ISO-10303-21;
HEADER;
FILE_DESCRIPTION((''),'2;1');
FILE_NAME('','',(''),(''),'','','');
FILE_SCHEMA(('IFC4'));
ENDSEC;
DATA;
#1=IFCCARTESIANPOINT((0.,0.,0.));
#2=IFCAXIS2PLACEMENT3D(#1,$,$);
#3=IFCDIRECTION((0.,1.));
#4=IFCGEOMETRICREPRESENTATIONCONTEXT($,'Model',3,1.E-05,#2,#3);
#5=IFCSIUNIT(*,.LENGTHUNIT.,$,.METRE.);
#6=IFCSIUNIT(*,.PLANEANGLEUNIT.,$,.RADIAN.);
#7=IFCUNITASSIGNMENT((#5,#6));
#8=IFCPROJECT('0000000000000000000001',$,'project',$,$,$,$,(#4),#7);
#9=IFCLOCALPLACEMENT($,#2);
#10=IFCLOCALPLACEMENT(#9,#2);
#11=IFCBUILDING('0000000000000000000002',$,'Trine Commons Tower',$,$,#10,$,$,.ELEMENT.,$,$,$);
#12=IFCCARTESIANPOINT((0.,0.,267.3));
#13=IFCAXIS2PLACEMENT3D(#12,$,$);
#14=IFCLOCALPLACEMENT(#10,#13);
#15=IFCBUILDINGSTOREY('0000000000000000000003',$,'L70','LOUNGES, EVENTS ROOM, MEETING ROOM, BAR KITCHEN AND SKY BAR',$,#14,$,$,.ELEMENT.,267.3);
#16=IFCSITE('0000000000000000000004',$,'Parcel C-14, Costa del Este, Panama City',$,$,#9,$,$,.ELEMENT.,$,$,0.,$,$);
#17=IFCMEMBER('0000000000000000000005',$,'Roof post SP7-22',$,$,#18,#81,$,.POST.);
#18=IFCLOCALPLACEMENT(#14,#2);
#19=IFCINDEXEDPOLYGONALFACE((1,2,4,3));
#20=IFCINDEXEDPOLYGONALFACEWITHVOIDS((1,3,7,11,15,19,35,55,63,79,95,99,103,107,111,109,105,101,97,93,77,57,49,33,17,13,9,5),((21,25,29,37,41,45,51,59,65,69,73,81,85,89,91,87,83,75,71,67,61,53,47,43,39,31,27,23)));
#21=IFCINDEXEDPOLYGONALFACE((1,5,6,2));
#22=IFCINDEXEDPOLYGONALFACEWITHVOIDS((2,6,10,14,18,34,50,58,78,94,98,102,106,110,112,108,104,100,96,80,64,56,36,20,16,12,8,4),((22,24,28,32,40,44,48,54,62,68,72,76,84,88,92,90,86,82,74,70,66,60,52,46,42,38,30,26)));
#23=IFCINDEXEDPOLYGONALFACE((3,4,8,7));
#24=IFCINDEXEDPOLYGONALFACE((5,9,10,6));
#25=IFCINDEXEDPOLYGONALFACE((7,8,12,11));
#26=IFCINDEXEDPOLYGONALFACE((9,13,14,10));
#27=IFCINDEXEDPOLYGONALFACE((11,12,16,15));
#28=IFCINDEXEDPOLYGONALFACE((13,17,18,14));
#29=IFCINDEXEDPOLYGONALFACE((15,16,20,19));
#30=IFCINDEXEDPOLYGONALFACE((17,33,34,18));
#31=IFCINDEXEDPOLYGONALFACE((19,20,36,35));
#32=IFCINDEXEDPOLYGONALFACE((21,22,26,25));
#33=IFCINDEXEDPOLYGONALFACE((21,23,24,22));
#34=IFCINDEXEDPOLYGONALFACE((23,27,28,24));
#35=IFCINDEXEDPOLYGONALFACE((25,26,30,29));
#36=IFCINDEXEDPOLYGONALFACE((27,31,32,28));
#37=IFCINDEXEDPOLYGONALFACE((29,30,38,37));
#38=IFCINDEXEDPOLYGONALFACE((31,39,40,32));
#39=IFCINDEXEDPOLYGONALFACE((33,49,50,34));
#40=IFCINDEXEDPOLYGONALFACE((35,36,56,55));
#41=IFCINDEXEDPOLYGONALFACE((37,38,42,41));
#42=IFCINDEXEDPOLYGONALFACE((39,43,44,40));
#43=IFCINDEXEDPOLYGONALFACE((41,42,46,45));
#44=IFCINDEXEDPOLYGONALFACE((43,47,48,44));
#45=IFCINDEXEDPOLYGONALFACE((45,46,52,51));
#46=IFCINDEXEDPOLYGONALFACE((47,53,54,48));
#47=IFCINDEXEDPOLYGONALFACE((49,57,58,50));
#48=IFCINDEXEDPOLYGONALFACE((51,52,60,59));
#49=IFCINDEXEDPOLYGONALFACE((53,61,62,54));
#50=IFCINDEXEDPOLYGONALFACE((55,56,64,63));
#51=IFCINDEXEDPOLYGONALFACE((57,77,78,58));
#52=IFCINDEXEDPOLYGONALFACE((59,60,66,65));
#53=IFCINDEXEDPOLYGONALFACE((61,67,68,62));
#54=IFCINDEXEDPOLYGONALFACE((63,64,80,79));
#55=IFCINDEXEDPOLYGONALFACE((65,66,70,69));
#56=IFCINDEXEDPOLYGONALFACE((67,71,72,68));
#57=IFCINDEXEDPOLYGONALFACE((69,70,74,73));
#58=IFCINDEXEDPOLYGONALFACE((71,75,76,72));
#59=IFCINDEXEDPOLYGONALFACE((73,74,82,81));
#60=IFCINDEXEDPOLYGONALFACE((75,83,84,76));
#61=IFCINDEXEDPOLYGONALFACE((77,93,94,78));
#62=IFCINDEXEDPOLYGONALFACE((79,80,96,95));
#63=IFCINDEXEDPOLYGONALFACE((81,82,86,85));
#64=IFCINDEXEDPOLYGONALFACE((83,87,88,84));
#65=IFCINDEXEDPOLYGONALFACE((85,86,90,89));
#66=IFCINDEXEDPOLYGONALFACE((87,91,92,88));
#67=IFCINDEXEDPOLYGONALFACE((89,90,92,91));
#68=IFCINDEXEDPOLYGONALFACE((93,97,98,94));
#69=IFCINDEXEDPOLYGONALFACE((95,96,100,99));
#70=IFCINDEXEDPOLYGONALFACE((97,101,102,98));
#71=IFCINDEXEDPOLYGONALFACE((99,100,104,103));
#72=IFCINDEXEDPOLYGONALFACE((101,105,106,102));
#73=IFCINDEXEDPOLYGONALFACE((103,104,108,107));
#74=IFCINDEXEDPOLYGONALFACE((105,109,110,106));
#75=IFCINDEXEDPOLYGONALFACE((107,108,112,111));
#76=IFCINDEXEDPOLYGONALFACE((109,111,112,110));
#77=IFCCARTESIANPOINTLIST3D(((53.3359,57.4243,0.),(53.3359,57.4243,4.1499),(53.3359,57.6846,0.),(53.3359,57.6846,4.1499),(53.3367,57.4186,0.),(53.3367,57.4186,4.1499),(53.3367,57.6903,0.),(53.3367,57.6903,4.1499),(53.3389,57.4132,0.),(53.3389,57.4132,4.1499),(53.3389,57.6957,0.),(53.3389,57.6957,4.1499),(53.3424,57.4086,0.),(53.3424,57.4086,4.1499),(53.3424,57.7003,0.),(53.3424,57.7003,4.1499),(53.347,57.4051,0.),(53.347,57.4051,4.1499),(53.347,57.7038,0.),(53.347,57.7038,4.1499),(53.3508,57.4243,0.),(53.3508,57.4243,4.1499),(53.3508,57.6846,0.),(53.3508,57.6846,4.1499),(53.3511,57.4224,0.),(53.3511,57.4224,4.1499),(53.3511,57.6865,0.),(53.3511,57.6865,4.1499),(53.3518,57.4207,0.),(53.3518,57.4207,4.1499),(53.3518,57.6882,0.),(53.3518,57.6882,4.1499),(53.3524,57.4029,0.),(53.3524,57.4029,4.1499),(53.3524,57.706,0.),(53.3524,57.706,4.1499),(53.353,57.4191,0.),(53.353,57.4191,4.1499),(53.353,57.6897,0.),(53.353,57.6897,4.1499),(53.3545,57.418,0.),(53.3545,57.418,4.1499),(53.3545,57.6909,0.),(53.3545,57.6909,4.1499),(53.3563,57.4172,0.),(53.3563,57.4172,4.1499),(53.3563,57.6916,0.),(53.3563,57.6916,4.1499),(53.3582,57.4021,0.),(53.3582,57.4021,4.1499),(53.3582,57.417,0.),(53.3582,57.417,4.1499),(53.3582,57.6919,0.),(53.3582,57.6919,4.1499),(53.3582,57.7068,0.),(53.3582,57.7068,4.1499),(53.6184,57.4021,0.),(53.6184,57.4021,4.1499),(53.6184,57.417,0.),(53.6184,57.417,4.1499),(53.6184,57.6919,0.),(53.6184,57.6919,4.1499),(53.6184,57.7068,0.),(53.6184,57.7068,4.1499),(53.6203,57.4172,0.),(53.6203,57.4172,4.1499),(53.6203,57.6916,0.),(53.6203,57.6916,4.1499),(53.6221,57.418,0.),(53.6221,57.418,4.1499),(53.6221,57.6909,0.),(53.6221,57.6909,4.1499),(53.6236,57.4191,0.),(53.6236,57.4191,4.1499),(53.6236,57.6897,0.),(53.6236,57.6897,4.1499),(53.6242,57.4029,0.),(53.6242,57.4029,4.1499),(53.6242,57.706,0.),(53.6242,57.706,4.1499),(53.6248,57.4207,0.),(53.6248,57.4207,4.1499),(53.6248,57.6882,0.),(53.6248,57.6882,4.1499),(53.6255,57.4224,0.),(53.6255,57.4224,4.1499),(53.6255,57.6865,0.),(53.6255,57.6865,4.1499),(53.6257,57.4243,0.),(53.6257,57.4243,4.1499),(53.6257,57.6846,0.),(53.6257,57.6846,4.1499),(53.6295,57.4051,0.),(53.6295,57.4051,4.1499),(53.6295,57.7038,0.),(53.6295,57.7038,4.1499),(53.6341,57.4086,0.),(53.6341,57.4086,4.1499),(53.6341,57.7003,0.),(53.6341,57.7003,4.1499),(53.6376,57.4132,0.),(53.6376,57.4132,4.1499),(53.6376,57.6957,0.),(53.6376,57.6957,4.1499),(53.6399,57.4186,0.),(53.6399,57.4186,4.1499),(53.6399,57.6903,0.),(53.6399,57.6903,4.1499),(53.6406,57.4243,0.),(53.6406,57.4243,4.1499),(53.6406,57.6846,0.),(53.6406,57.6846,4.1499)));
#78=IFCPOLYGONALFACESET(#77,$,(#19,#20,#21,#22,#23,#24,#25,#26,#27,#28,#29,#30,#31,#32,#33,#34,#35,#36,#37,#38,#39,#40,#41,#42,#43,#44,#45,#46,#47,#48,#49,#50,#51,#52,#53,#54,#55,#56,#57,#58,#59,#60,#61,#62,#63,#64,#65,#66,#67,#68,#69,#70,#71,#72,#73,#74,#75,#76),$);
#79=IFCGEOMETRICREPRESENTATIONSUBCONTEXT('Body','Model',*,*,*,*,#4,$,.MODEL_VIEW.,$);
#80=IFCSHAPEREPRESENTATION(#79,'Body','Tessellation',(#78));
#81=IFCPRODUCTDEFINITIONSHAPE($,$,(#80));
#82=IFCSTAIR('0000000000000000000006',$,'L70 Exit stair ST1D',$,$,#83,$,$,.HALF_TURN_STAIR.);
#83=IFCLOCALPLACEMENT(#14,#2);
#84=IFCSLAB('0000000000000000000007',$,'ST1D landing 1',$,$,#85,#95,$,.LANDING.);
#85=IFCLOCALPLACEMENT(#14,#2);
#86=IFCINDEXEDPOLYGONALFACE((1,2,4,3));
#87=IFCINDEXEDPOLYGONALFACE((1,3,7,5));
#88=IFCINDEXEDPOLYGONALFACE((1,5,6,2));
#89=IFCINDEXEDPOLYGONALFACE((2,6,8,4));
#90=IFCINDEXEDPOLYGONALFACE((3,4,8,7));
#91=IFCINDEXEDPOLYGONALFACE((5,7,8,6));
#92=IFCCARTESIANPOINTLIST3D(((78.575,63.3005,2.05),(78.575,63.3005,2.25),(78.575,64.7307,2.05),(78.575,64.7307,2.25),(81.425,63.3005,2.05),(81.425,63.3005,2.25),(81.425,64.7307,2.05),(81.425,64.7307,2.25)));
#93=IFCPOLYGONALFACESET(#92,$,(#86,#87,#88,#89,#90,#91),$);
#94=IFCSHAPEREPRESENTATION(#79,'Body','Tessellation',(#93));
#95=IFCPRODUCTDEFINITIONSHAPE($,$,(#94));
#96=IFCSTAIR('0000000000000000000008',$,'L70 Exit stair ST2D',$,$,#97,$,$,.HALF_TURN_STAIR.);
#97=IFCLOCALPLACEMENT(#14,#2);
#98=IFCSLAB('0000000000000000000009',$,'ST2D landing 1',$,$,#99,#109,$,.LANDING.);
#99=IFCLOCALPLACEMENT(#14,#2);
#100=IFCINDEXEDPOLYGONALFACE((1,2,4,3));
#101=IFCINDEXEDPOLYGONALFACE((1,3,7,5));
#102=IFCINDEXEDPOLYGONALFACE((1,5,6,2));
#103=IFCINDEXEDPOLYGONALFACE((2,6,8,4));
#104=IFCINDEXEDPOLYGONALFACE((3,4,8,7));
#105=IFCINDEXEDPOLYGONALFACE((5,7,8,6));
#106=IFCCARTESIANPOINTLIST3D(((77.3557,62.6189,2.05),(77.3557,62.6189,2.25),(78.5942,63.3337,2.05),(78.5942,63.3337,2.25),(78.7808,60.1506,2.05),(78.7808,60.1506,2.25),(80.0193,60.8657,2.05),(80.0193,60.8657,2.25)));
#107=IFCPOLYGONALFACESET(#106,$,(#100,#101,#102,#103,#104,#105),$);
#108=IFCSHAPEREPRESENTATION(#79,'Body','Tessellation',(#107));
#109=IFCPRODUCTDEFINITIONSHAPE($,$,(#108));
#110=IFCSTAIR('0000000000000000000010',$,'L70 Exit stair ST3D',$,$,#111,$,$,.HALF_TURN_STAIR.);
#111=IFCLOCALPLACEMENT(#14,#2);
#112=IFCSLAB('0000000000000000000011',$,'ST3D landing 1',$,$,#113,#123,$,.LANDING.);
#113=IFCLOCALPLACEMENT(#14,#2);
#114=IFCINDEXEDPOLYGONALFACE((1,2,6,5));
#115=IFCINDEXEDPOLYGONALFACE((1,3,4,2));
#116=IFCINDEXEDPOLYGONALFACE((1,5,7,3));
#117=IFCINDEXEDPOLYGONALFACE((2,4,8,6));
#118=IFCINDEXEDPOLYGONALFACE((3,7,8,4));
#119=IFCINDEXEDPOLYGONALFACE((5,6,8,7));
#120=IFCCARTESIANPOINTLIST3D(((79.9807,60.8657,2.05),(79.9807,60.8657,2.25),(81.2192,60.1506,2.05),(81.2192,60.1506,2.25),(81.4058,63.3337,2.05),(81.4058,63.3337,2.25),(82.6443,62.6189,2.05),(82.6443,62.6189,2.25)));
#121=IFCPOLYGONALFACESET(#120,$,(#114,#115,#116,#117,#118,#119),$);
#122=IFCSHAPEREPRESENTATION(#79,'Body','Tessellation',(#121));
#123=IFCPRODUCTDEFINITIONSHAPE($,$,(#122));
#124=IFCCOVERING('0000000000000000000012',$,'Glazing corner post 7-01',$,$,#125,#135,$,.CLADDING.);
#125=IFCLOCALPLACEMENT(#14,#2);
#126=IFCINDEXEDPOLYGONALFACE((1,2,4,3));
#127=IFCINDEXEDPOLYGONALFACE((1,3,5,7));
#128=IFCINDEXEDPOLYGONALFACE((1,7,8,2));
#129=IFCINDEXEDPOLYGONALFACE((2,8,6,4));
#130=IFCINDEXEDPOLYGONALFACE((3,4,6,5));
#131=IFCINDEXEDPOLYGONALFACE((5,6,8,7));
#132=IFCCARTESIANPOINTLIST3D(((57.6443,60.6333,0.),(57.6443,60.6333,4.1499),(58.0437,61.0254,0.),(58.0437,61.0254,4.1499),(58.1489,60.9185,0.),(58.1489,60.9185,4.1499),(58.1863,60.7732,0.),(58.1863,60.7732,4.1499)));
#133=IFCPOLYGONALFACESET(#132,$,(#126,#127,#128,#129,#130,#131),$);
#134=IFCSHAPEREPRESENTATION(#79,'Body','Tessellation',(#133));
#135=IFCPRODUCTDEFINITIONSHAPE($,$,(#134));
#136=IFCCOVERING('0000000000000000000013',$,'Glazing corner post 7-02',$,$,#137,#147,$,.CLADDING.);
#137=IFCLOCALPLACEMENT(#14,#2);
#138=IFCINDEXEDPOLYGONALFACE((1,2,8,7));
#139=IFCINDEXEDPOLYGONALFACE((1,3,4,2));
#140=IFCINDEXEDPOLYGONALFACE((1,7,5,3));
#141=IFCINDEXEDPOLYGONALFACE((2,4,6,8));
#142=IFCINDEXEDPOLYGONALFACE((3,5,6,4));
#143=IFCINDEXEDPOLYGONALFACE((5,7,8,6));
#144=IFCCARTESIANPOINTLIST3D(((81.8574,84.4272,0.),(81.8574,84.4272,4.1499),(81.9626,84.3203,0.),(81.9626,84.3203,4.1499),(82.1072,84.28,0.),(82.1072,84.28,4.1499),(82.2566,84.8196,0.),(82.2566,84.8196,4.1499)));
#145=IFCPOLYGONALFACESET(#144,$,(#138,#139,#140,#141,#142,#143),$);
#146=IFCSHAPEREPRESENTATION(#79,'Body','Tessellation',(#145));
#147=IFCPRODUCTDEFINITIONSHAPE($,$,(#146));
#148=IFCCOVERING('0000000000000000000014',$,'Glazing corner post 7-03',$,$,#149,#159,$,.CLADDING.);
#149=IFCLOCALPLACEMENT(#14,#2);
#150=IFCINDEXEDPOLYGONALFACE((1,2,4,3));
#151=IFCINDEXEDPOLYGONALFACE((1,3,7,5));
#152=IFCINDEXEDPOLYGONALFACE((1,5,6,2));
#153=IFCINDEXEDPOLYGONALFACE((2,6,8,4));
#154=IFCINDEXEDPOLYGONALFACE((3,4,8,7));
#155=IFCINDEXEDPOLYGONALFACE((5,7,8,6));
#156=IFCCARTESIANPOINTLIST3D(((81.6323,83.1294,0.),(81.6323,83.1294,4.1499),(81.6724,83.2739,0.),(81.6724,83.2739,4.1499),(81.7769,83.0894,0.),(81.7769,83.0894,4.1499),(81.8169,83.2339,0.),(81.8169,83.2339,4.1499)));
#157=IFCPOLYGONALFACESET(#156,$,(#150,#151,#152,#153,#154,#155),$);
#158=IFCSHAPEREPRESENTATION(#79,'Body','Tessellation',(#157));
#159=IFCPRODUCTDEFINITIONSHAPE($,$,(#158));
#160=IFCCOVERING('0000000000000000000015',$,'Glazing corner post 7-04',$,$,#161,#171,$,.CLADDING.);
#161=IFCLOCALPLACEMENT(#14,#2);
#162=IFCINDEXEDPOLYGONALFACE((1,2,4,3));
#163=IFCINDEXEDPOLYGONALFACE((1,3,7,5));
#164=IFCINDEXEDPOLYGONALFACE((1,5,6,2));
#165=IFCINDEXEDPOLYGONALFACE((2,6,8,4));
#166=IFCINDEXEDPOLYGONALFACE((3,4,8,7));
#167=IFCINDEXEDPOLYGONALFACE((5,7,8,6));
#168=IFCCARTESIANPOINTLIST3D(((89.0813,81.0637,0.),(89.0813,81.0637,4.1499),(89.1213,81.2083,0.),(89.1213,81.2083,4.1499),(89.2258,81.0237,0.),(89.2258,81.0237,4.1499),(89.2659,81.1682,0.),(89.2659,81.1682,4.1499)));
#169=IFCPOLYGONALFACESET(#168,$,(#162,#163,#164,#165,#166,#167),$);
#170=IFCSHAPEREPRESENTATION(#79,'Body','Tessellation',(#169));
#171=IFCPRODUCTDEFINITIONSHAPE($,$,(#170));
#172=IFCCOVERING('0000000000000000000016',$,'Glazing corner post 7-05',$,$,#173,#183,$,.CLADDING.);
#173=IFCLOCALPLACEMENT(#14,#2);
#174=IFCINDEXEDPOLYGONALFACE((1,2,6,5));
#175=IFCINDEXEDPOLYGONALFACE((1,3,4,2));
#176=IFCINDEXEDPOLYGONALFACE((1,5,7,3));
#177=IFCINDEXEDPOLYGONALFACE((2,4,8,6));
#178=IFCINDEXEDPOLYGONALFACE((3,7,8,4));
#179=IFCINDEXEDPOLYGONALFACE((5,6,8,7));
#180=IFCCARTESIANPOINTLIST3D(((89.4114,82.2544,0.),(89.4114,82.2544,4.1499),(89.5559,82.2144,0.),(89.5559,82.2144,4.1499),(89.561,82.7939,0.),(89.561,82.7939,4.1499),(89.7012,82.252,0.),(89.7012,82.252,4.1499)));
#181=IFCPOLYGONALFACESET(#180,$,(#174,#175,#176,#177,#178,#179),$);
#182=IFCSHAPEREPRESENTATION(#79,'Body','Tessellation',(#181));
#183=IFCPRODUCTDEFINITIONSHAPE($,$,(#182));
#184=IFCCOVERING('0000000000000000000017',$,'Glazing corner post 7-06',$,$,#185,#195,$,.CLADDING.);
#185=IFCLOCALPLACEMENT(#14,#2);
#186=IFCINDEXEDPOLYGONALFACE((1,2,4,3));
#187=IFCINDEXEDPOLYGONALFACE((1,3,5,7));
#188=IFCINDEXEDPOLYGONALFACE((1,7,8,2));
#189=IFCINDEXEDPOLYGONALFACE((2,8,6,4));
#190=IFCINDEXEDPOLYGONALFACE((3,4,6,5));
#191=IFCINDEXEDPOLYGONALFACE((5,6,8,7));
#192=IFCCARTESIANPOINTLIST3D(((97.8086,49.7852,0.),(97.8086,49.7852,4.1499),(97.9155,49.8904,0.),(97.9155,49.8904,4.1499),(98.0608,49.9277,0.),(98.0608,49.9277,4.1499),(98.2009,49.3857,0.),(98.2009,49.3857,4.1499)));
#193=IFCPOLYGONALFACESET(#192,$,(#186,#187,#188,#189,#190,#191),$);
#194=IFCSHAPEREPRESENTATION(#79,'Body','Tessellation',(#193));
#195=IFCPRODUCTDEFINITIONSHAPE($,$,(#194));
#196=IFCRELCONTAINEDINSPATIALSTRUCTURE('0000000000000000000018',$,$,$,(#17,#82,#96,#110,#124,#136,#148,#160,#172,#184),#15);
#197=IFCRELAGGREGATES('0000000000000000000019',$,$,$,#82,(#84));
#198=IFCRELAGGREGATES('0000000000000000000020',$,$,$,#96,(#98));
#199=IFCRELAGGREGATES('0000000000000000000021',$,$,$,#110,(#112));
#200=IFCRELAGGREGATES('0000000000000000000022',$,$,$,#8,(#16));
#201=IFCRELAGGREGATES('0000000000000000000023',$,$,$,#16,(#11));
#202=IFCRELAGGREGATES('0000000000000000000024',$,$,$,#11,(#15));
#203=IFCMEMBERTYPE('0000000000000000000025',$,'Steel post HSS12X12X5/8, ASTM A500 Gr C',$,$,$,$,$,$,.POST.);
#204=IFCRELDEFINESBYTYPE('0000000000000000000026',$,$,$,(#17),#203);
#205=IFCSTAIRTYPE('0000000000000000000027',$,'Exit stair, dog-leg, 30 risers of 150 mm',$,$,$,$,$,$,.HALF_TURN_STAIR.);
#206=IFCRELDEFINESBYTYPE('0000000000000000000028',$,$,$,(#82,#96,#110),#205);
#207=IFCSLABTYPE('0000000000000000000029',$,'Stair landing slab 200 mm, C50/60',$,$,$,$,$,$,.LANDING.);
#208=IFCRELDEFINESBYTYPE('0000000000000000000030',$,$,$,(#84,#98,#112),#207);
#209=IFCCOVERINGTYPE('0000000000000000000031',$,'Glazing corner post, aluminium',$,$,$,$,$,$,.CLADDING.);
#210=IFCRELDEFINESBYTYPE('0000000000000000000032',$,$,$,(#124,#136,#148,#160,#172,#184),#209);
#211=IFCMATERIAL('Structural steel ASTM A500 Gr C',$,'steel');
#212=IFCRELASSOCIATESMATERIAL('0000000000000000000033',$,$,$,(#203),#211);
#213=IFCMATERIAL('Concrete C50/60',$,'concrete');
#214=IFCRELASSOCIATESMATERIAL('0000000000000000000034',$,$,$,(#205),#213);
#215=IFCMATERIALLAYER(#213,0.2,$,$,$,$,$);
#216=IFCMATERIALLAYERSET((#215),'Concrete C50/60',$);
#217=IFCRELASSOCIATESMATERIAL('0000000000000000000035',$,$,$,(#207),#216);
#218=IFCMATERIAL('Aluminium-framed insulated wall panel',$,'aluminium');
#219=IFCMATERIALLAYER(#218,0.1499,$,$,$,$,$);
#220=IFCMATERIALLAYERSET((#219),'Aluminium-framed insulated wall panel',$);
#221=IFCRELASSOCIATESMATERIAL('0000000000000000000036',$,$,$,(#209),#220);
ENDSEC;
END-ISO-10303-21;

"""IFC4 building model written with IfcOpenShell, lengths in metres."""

from ifc_helpers import new_model, si_unit, direction, frame, origin, origin_2d, place, context, subcontext, project, spatial, polyline, hollow_rectangle, outline, extrude, material, layer, layer_set, material_profile, profile_set, type_object, element, aggregate, save


model = new_model("IFC4")

# Units and contexts
model_context = context("Model", 3, precision=1e-05, world=origin(), true_north=direction((0.0, 1.0)))
body_context = subcontext(model_context, "Body", "Model", "MODEL_VIEW")
ifc_project = project(units=[si_unit("LENGTHUNIT", "METRE"), si_unit("PLANEANGLEUNIT", "RADIAN")], contexts=[model_context])

# Site, building, storey
site_placement = place(None, origin())
site = spatial("IfcSite", under=ifc_project, at=site_placement, Name="Parcel C-14, Costa del Este, Panama City", CompositionType="ELEMENT", RefElevation=0.0)
building_placement = place(site_placement, origin())
building = spatial("IfcBuilding", under=site, at=building_placement, Name="Trine Commons Tower", CompositionType="ELEMENT")
storey_placement = place(building_placement, frame((0.0, 0.0, 267.3)))
storey = spatial("IfcBuildingStorey", under=building, at=storey_placement, Name="L70", Description="LOUNGES, EVENTS ROOM, MEETING ROOM, BAR KITCHEN AND SKY BAR", CompositionType="ELEMENT", Elevation=267.3)

# Member
ifc_material_1 = material(Name="Structural steel ASTM A500 Gr C", Category="steel")
ifc_material_profile_1 = material_profile(ifc_material_1, hollow_rectangle(XDim=0.3047, YDim=0.3047, WallThickness=0.0149, InnerFilletRadius=0.0073, OuterFilletRadius=0.0222, at=origin_2d()), Name="HSS12X12X5/8")
ifc_profile_set_1 = profile_set([ifc_material_profile_1], Name="Structural steel ASTM A500 Gr C")
member_type_1 = type_object("IfcMemberType", Name="Steel post HSS12X12X5/8, ASTM A500 Gr C", PredefinedType="POST", material=ifc_profile_set_1)
for number, where, z_axis, x_axis, name in (
    (1, (53.4883, 57.5544, 0.0), (0.0, 0.0, 1.0), (1.0, 0.0, 0.0), "Roof post SP7-22"),
):
    element("IfcMember", number, at=place(storey_placement, frame(where, z_axis=z_axis, x_axis=x_axis)), inside=storey, type_object=member_type_1, Name=name, PredefinedType="POST", context=body_context, shape_type="SweptSolid", body=[
        extrude(hollow_rectangle(XDim=0.3047, YDim=0.3047, WallThickness=0.0149, InnerFilletRadius=0.0073, OuterFilletRadius=0.0222, at=origin_2d()), origin(), (0.0, 0.0, 1.0), 4.1499),
    ])

# Stairs, slabs
ifc_material_2 = material(Name="Concrete C50/60", Category="concrete")
stair_type = type_object("IfcStairType", Name="Exit stair, dog-leg, 30 risers of 150 mm", PredefinedType="HALF_TURN_STAIR", material=ifc_material_2)
stair_1_placement = place(storey_placement, origin())
stair_1 = element("IfcStair", 2, at=stair_1_placement, inside=storey, type_object=stair_type, Name="L70 Exit stair ST1D", PredefinedType="HALF_TURN_STAIR")
ifc_layer_1 = layer(ifc_material_2, 0.2)
ifc_layer_set_1 = layer_set([ifc_layer_1], Name="Concrete C50/60")
slab_type = type_object("IfcSlabType", Name="Stair landing slab 200 mm, C50/60", PredefinedType="LANDING", material=ifc_layer_set_1)
slab_1_placement = place(storey_placement, frame((0.0, 0.0, 2.05)))
slab_1 = element("IfcSlab", 3, at=slab_1_placement, type_object=slab_type, Name="ST1D landing 1", PredefinedType="LANDING", context=body_context, shape_type="SweptSolid", body=[
    extrude(outline(polyline([(78.575, 64.7307), (78.575, 63.3005), (81.425, 63.3005), (81.425, 64.7307), (78.575, 64.7307)])), origin(), (0.0, 0.0, 1.0), 0.2),
])
aggregate(stair_1, [slab_1])
stair_2_placement = place(storey_placement, origin())
stair_2 = element("IfcStair", 4, at=stair_2_placement, inside=storey, type_object=stair_type, Name="L70 Exit stair ST2D", PredefinedType="HALF_TURN_STAIR")
slab_2_placement = place(storey_placement, frame((0.0, 0.0, 2.05)))
slab_2 = element("IfcSlab", 5, at=slab_2_placement, type_object=slab_type, Name="ST2D landing 1", PredefinedType="LANDING", context=body_context, shape_type="SweptSolid", body=[
    extrude(outline(polyline([(78.7808, 60.1506), (80.0193, 60.8657), (78.5942, 63.3337), (77.3557, 62.6189), (78.7808, 60.1506)])), origin(), (0.0, 0.0, 1.0), 0.2),
])
aggregate(stair_2, [slab_2])
stair_3_placement = place(storey_placement, origin())
stair_3 = element("IfcStair", 6, at=stair_3_placement, inside=storey, type_object=stair_type, Name="L70 Exit stair ST3D", PredefinedType="HALF_TURN_STAIR")
slab_3_placement = place(storey_placement, frame((0.0, 0.0, 2.05)))
slab_3 = element("IfcSlab", 7, at=slab_3_placement, type_object=slab_type, Name="ST3D landing 1", PredefinedType="LANDING", context=body_context, shape_type="SweptSolid", body=[
    extrude(outline(polyline([(82.6443, 62.6189), (81.4058, 63.3337), (79.9807, 60.8657), (81.2192, 60.1506), (82.6443, 62.6189)])), origin(), (0.0, 0.0, 1.0), 0.2),
])
aggregate(stair_3, [slab_3])

# Coverings
ifc_material_3 = material(Name="Aluminium-framed insulated wall panel", Category="aluminium")
ifc_layer_2 = layer(ifc_material_3, 0.1499)
ifc_layer_set_2 = layer_set([ifc_layer_2], Name="Aluminium-framed insulated wall panel")
covering_type = type_object("IfcCoveringType", Name="Glazing corner post, aluminium", PredefinedType="CLADDING", material=ifc_layer_set_2)
covering_1_placement = place(storey_placement, origin())
element("IfcCovering", 8, at=covering_1_placement, inside=storey, type_object=covering_type, Name="Glazing corner post 7-01", PredefinedType="CLADDING", context=body_context, shape_type="SweptSolid", body=[
    extrude(outline(polyline([(58.1863, 60.7732), (58.1489, 60.9185), (58.0437, 61.0254), (57.6443, 60.6333), (58.1863, 60.7732)])), origin(), (0.0, 0.0, 1.0), 4.1499),
])
covering_2_placement = place(storey_placement, origin())
element("IfcCovering", 9, at=covering_2_placement, inside=storey, type_object=covering_type, Name="Glazing corner post 7-02", PredefinedType="CLADDING", context=body_context, shape_type="SweptSolid", body=[
    extrude(outline(polyline([(82.1072, 84.28), (82.2566, 84.8196), (81.8574, 84.4272), (81.9626, 84.3203), (82.1072, 84.28)])), origin(), (0.0, 0.0, 1.0), 4.1499),
])
covering_3_placement = place(storey_placement, origin())
element("IfcCovering", 10, at=covering_3_placement, inside=storey, type_object=covering_type, Name="Glazing corner post 7-03", PredefinedType="CLADDING", context=body_context, shape_type="SweptSolid", body=[
    extrude(outline(polyline([(81.7769, 83.0894), (81.8169, 83.2339), (81.6724, 83.2739), (81.6323, 83.1294), (81.7769, 83.0894)])), origin(), (0.0, 0.0, 1.0), 4.1499),
])
covering_4_placement = place(storey_placement, origin())
element("IfcCovering", 11, at=covering_4_placement, inside=storey, type_object=covering_type, Name="Glazing corner post 7-04", PredefinedType="CLADDING", context=body_context, shape_type="SweptSolid", body=[
    extrude(outline(polyline([(89.0813, 81.0637), (89.2258, 81.0237), (89.2659, 81.1682), (89.1213, 81.2083), (89.0813, 81.0637)])), origin(), (0.0, 0.0, 1.0), 4.1499),
])
covering_5_placement = place(storey_placement, origin())
element("IfcCovering", 12, at=covering_5_placement, inside=storey, type_object=covering_type, Name="Glazing corner post 7-05", PredefinedType="CLADDING", context=body_context, shape_type="SweptSolid", body=[
    extrude(outline(polyline([(89.4114, 82.2544), (89.5559, 82.2144), (89.7012, 82.252), (89.561, 82.7939), (89.4114, 82.2544)])), origin(), (0.0, 0.0, 1.0), 4.1499),
])
covering_6_placement = place(storey_placement, origin())
element("IfcCovering", 13, at=covering_6_placement, inside=storey, type_object=covering_type, Name="Glazing corner post 7-06", PredefinedType="CLADDING", context=body_context, shape_type="SweptSolid", body=[
    extrude(outline(polyline([(97.8086, 49.7852), (98.2009, 49.3857), (98.0608, 49.9277), (97.9155, 49.8904), (97.9155, 49.8904), (97.8086, 49.7852)])), origin(), (0.0, 0.0, 1.0), 4.1499),
])

save(model, "model.ifc")
